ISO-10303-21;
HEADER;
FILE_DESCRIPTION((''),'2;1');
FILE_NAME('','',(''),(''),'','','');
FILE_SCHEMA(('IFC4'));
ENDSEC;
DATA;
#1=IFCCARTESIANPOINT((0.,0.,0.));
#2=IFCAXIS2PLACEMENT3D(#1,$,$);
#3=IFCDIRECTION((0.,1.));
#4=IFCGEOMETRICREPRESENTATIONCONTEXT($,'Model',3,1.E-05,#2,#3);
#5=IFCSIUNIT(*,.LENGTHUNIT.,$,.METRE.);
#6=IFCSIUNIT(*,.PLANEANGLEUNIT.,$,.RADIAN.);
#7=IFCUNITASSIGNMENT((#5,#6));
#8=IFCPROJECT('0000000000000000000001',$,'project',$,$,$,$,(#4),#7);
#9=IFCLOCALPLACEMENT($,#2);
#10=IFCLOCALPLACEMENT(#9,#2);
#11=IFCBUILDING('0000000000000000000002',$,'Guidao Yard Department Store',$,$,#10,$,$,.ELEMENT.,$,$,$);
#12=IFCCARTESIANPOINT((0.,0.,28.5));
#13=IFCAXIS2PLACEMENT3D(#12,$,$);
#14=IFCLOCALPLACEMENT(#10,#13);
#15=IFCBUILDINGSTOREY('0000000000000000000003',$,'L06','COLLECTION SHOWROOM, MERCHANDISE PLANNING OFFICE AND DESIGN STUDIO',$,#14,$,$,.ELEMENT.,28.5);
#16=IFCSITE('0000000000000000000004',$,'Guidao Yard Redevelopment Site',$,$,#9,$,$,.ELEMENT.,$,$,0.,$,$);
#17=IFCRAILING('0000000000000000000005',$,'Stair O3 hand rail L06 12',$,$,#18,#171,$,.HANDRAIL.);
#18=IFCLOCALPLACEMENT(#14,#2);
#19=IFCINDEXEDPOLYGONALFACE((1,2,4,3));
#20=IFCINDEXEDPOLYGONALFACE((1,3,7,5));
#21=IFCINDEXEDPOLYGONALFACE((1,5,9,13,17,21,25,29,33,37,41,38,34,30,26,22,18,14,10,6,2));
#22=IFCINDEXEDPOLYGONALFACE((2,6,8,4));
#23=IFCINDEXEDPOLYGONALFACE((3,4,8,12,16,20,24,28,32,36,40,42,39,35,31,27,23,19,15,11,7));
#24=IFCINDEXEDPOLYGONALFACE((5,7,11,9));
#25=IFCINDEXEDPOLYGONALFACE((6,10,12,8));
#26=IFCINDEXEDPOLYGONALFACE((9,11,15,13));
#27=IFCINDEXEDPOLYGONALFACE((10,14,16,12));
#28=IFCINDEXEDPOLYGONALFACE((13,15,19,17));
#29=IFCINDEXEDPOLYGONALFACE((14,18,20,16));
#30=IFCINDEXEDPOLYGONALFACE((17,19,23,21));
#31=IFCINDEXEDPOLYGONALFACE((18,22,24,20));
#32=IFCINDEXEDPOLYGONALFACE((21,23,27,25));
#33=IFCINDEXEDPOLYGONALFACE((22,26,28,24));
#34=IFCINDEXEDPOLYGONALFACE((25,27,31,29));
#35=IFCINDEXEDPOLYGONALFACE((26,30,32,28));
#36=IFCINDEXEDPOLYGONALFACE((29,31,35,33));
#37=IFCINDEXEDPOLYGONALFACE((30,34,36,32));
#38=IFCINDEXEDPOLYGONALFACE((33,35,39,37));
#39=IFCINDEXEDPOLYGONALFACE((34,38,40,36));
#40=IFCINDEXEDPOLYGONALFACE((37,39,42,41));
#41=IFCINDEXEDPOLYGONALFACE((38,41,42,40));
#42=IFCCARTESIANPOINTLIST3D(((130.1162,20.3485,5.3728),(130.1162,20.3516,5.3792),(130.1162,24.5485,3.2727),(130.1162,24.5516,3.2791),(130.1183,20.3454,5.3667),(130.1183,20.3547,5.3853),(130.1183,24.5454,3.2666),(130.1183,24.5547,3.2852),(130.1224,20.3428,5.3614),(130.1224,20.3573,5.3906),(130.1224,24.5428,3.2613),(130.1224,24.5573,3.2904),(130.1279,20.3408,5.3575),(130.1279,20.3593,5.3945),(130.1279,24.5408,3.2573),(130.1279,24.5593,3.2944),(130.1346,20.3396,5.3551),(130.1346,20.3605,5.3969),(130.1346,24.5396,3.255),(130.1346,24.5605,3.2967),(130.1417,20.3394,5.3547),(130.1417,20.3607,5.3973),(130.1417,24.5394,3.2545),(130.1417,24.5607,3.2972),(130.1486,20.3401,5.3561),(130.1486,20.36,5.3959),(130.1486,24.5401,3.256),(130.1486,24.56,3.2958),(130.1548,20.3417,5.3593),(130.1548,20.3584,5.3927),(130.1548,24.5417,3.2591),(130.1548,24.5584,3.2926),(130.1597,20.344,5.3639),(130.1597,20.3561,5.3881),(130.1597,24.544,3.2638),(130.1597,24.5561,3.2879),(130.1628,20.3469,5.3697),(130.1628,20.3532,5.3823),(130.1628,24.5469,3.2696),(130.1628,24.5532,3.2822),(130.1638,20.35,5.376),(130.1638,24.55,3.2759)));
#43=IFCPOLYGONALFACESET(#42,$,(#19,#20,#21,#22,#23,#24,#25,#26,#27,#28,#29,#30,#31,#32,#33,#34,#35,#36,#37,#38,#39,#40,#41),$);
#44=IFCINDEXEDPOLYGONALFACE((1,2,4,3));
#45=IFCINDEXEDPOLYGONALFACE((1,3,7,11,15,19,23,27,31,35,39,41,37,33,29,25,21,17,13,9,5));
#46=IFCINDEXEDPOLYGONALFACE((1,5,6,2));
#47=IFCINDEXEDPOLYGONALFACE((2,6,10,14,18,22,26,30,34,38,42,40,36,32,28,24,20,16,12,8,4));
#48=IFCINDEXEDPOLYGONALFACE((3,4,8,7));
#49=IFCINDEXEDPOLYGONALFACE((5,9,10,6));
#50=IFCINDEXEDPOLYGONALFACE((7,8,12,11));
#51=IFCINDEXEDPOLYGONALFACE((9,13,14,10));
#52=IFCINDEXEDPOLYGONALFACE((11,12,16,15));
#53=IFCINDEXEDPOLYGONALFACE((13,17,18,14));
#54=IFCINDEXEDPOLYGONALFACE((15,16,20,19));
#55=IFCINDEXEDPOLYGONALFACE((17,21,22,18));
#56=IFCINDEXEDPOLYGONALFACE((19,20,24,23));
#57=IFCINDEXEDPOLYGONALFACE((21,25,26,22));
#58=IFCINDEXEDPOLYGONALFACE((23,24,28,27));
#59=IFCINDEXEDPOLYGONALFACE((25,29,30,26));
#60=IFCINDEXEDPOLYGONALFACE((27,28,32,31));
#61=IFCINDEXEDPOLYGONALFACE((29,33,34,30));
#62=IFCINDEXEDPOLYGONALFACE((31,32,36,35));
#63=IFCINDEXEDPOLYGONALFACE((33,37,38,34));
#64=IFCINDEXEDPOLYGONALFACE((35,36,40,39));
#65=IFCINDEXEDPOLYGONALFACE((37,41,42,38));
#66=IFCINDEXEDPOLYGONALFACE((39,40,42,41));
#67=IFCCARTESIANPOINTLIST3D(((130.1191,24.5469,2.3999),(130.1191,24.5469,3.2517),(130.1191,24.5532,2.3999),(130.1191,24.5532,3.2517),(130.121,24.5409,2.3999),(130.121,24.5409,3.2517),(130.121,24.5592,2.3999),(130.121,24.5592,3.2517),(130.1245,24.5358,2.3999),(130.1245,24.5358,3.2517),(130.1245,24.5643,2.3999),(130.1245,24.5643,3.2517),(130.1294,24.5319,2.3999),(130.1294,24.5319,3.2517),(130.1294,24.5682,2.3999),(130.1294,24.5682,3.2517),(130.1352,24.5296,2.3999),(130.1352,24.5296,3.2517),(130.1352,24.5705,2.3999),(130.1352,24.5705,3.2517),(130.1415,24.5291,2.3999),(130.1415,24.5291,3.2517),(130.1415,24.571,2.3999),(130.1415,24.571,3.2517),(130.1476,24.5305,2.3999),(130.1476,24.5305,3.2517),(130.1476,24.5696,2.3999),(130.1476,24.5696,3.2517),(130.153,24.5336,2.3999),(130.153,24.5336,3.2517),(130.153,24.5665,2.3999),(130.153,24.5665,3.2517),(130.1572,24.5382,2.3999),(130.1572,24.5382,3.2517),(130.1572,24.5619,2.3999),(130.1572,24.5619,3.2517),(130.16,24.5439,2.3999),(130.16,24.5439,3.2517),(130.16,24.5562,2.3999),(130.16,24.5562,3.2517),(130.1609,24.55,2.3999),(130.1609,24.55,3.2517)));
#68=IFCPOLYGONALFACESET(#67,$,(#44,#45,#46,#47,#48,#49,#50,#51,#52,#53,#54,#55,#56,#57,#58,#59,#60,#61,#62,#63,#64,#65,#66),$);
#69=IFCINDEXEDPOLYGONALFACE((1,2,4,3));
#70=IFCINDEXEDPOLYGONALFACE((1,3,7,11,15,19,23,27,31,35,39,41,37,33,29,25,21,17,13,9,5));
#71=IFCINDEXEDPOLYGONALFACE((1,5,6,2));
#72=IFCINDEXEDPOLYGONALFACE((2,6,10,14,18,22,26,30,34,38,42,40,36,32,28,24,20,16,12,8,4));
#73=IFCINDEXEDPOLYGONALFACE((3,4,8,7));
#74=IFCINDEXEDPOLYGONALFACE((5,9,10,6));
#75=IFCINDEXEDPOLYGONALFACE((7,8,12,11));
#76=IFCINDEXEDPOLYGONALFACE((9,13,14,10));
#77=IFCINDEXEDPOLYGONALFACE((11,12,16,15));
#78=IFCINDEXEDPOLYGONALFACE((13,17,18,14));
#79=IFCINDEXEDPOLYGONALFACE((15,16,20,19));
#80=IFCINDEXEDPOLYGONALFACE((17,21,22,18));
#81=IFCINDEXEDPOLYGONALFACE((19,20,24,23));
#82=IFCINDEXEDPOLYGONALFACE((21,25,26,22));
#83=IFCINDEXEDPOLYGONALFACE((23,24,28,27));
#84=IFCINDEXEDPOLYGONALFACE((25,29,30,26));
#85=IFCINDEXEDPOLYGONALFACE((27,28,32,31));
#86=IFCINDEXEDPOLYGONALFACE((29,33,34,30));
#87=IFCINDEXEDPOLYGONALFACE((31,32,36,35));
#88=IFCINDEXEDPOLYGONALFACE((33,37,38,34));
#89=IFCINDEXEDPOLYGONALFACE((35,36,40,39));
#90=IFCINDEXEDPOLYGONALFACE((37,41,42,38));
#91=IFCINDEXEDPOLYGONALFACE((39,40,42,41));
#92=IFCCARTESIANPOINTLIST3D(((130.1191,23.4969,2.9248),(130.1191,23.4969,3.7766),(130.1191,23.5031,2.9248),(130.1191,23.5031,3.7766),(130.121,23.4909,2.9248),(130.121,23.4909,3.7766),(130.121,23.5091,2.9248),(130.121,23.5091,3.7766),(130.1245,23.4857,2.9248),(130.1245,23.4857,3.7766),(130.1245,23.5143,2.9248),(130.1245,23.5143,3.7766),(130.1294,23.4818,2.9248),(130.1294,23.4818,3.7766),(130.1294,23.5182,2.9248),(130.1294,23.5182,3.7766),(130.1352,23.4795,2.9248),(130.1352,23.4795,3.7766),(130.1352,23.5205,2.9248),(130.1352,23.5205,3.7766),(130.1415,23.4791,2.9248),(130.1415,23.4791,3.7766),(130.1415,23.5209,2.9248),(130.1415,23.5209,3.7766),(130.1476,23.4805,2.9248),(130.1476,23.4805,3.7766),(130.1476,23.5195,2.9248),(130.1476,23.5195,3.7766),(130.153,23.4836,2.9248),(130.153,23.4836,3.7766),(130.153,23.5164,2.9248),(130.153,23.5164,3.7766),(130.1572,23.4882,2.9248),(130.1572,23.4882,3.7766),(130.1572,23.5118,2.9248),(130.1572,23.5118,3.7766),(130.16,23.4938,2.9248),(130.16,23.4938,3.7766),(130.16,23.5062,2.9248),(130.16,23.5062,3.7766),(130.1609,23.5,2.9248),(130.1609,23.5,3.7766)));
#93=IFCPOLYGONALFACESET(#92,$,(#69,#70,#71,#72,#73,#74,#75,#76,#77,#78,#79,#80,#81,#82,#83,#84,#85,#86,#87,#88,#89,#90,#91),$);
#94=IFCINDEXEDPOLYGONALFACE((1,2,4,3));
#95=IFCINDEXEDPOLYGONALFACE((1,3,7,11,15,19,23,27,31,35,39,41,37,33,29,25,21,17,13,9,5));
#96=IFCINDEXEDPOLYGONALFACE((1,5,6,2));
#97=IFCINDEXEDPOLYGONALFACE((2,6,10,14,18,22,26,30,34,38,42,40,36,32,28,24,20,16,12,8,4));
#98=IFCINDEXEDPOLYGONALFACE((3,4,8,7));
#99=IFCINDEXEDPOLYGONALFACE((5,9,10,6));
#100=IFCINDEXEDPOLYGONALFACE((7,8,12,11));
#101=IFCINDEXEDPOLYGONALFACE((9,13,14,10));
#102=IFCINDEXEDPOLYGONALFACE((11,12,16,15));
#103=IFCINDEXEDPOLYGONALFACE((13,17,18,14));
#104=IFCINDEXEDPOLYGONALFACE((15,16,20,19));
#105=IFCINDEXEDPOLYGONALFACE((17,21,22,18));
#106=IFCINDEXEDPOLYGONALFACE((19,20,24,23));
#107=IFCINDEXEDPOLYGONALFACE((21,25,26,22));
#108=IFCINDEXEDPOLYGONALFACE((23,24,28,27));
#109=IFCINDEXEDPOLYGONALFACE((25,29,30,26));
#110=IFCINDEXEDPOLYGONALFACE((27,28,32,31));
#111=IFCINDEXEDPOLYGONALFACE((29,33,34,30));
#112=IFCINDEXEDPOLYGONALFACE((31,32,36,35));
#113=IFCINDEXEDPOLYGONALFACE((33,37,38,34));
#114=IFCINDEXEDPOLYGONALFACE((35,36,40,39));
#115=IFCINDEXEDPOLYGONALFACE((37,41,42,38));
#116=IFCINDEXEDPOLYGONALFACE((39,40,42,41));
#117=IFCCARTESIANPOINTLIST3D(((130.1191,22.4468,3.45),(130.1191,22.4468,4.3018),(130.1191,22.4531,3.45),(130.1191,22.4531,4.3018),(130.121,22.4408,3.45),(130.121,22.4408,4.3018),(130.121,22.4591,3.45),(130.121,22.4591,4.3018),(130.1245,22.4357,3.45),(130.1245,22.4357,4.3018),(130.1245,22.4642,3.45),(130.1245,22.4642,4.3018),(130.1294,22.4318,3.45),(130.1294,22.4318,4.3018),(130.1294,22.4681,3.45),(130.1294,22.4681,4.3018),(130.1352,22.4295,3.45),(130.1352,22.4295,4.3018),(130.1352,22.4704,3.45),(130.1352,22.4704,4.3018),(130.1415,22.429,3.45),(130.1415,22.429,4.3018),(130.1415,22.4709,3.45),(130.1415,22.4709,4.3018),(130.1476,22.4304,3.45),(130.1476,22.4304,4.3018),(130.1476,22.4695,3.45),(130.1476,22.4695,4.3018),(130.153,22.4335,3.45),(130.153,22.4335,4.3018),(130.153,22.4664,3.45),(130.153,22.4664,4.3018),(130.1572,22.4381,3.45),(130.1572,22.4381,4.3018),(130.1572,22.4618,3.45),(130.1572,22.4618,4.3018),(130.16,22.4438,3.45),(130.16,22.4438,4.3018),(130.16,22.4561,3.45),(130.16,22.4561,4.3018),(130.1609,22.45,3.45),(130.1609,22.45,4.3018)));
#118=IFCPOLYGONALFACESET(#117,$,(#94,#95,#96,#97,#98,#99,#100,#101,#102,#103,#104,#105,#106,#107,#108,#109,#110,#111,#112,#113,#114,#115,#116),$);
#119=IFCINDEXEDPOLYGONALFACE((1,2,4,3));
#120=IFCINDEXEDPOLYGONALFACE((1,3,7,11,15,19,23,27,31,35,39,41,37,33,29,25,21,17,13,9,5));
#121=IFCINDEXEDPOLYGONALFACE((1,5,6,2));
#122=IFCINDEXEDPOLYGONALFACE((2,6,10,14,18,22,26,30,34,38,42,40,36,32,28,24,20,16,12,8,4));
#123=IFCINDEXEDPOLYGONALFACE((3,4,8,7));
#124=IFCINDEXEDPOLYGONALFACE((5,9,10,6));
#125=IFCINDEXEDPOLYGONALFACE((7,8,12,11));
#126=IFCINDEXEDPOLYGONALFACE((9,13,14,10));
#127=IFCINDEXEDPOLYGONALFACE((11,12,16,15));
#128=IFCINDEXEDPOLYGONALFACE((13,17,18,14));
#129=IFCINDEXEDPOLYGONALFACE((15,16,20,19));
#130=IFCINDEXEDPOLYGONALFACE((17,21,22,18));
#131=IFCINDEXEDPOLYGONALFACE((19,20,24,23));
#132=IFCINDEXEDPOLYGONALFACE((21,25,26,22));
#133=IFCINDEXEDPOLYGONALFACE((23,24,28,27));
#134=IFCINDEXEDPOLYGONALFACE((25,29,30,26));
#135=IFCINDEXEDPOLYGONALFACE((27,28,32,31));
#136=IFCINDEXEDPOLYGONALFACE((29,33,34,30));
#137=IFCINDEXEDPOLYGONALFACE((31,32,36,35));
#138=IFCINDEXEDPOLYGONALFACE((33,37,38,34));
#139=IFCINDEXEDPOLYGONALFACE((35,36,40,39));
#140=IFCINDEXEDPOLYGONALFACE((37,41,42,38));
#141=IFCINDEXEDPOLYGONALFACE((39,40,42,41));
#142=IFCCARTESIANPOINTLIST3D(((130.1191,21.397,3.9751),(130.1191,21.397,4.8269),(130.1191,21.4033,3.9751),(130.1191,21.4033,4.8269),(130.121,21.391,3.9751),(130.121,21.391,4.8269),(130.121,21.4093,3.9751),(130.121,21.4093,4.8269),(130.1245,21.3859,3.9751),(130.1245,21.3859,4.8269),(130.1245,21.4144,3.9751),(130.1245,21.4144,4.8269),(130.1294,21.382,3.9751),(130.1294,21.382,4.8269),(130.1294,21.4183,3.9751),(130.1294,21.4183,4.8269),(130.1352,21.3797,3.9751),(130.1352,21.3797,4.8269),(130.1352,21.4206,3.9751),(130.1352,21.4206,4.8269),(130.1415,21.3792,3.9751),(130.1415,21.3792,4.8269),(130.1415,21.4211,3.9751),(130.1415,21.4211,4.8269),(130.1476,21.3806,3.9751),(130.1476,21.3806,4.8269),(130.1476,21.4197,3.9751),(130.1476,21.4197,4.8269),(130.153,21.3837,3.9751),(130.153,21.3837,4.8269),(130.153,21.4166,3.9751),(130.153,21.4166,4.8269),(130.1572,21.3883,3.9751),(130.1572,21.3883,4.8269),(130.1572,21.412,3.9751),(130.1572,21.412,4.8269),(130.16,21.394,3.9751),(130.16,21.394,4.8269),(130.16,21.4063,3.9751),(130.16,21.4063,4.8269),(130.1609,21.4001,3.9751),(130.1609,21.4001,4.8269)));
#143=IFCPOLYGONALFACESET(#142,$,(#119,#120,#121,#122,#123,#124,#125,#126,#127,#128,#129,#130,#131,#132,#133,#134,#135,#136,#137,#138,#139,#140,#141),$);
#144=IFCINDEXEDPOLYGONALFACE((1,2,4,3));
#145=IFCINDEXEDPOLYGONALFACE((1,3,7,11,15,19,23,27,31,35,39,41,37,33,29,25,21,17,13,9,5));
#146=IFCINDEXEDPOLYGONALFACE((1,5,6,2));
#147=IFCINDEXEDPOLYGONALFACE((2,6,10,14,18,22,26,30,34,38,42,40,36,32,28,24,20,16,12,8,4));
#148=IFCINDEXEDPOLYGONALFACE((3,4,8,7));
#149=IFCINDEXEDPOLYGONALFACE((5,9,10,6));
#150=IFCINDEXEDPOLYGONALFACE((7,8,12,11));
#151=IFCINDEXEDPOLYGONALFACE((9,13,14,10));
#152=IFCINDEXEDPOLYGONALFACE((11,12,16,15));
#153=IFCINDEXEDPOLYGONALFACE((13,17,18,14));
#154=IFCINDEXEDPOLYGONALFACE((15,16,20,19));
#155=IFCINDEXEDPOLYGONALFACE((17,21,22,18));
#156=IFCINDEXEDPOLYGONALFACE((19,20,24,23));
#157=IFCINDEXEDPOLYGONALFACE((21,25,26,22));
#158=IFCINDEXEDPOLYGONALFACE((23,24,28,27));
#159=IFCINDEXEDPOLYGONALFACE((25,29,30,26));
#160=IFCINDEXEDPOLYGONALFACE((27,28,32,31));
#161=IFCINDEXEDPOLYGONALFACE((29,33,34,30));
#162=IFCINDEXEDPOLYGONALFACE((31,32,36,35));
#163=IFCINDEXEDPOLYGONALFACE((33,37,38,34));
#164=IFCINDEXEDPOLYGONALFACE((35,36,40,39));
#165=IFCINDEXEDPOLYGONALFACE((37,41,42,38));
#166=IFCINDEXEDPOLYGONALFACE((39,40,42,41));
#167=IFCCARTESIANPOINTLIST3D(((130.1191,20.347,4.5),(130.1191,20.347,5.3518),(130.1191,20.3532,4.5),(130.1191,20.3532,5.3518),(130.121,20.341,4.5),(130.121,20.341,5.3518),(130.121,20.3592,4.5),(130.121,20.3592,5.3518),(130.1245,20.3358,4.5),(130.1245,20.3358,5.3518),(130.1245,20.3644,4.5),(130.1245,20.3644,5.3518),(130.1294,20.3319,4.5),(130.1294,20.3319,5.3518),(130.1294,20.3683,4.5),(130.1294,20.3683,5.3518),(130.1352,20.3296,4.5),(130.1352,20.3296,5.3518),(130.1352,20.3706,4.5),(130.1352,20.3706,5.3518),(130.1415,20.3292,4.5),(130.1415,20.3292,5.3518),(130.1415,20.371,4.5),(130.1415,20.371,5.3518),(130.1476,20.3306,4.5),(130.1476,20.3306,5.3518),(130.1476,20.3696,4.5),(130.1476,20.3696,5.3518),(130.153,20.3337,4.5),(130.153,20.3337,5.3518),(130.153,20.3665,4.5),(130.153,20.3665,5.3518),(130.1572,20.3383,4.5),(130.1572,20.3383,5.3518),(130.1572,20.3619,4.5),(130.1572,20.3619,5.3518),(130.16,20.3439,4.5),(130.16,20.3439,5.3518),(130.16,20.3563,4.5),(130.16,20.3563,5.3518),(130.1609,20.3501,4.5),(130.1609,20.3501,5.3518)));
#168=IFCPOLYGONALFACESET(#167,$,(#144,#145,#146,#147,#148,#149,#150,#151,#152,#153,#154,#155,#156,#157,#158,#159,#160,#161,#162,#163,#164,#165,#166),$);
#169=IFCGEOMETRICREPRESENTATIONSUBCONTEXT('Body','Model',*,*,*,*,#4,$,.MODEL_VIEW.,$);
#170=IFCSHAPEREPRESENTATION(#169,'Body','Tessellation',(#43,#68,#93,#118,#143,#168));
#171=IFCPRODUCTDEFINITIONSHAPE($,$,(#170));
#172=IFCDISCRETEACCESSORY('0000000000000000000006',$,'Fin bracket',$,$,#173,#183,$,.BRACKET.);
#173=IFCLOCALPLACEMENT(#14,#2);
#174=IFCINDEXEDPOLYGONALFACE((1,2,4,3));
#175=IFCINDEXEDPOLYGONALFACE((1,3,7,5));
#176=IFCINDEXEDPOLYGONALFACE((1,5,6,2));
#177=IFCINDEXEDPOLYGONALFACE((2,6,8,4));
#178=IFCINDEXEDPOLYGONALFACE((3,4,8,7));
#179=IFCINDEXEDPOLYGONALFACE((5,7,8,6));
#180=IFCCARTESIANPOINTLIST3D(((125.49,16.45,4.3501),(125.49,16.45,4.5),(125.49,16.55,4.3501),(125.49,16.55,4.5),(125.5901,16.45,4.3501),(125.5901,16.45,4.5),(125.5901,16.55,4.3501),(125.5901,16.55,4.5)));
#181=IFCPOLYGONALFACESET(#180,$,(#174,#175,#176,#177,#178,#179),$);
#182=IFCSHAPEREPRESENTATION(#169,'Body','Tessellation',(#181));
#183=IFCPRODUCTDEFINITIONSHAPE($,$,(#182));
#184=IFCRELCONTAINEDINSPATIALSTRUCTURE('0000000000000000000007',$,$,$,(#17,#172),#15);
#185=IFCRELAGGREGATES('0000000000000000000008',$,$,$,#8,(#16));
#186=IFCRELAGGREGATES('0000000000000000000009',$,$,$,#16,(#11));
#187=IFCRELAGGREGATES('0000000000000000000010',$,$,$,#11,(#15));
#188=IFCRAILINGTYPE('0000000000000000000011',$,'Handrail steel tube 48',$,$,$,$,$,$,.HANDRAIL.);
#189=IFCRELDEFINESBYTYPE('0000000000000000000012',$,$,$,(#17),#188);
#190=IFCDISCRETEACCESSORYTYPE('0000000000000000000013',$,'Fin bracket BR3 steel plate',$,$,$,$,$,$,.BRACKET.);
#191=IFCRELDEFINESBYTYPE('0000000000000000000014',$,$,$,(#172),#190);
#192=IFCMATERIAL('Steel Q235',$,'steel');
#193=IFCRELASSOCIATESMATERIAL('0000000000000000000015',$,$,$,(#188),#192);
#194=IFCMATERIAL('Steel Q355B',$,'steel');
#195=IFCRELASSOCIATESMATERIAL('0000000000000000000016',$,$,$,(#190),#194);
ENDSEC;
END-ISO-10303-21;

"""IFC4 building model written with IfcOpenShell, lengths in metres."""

from ifc_helpers import new_model, si_unit, direction, frame, origin, origin_2d, place, context, subcontext, project, spatial, rectangle, circle, extrude, material, type_object, element, save


model = new_model("IFC4")

# Units and contexts
model_context = context("Model", 3, precision=1e-05, world=origin(), true_north=direction((0.0, 1.0)))
body_context = subcontext(model_context, "Body", "Model", "MODEL_VIEW")
ifc_project = project(units=[si_unit("LENGTHUNIT", "METRE"), si_unit("PLANEANGLEUNIT", "RADIAN")], contexts=[model_context])

# Site, building, storey
site_placement = place(None, origin())
site = spatial("IfcSite", under=ifc_project, at=site_placement, Name="Guidao Yard Redevelopment Site", CompositionType="ELEMENT", RefElevation=0.0)
building_placement = place(site_placement, origin())
building = spatial("IfcBuilding", under=site, at=building_placement, Name="Guidao Yard Department Store", CompositionType="ELEMENT")
storey_placement = place(building_placement, frame((0.0, 0.0, 28.5)))
storey = spatial("IfcBuildingStorey", under=building, at=storey_placement, Name="L06", Description="COLLECTION SHOWROOM, MERCHANDISE PLANNING OFFICE AND DESIGN STUDIO", CompositionType="ELEMENT", Elevation=28.5)

# Railing
ifc_material_1 = material(Name="Steel Q235", Category="steel")
railing_type_1 = type_object("IfcRailingType", Name="Handrail steel tube 48", PredefinedType="HANDRAIL", material=ifc_material_1)
for number, where, name in (
    (1, (130.1399, 24.55, 2.3999), "Stair O3 hand rail L06 12"),
):
    element("IfcRailing", number, at=place(storey_placement, frame(where)), inside=storey, type_object=railing_type_1, Name=name, PredefinedType="HANDRAIL", context=body_context, shape_type="SweptSolid", body=[
        extrude(circle(Radius=0.0239, at=origin_2d()), frame((0.0, 0.0, 0.876), z_axis=(0.0, -0.894417, 0.447234), x_axis=(1.0, 0.0, 0.0)), (0.0, 0.0, 1.0), 4.6958),
        extrude(circle(Radius=0.021, at=origin_2d()), origin(), (0.0, 0.0, 1.0), 0.8518),
        extrude(circle(Radius=0.021, at=origin_2d()), frame((0.0, -1.05, 0.5249)), (0.0, 0.0, 1.0), 0.8518),
        extrude(circle(Radius=0.021, at=origin_2d()), frame((0.0, -2.1001, 1.05)), (0.0, 0.0, 1.0), 0.8518),
        extrude(circle(Radius=0.021, at=origin_2d()), frame((0.0, -3.1499, 1.5752)), (0.0, 0.0, 1.0), 0.8518),
        extrude(circle(Radius=0.021, at=origin_2d()), frame((0.0, -4.2, 2.1001)), (0.0, 0.0, 1.0), 0.8518),
    ])

# Discrete accessory
ifc_material_2 = material(Name="Steel Q355B", Category="steel")
discrete_accessory_type = type_object("IfcDiscreteAccessoryType", Name="Fin bracket BR3 steel plate", PredefinedType="BRACKET", material=ifc_material_2)
discrete_accessory_placement = place(storey_placement, frame((125.54, 16.5, 4.3501), z_axis=(0.0, 0.0, 1.0), x_axis=(0.0, 1.0, 0.0)))
element("IfcDiscreteAccessory", 2, at=discrete_accessory_placement, inside=storey, type_object=discrete_accessory_type, Name="Fin bracket", PredefinedType="BRACKET", context=body_context, shape_type="SweptSolid", body=[
    extrude(rectangle(XDim=0.1001, YDim=0.1001, at=origin_2d()), origin(), (0.0, 0.0, 1.0), 0.1499),
])

save(model, "model.ifc")
